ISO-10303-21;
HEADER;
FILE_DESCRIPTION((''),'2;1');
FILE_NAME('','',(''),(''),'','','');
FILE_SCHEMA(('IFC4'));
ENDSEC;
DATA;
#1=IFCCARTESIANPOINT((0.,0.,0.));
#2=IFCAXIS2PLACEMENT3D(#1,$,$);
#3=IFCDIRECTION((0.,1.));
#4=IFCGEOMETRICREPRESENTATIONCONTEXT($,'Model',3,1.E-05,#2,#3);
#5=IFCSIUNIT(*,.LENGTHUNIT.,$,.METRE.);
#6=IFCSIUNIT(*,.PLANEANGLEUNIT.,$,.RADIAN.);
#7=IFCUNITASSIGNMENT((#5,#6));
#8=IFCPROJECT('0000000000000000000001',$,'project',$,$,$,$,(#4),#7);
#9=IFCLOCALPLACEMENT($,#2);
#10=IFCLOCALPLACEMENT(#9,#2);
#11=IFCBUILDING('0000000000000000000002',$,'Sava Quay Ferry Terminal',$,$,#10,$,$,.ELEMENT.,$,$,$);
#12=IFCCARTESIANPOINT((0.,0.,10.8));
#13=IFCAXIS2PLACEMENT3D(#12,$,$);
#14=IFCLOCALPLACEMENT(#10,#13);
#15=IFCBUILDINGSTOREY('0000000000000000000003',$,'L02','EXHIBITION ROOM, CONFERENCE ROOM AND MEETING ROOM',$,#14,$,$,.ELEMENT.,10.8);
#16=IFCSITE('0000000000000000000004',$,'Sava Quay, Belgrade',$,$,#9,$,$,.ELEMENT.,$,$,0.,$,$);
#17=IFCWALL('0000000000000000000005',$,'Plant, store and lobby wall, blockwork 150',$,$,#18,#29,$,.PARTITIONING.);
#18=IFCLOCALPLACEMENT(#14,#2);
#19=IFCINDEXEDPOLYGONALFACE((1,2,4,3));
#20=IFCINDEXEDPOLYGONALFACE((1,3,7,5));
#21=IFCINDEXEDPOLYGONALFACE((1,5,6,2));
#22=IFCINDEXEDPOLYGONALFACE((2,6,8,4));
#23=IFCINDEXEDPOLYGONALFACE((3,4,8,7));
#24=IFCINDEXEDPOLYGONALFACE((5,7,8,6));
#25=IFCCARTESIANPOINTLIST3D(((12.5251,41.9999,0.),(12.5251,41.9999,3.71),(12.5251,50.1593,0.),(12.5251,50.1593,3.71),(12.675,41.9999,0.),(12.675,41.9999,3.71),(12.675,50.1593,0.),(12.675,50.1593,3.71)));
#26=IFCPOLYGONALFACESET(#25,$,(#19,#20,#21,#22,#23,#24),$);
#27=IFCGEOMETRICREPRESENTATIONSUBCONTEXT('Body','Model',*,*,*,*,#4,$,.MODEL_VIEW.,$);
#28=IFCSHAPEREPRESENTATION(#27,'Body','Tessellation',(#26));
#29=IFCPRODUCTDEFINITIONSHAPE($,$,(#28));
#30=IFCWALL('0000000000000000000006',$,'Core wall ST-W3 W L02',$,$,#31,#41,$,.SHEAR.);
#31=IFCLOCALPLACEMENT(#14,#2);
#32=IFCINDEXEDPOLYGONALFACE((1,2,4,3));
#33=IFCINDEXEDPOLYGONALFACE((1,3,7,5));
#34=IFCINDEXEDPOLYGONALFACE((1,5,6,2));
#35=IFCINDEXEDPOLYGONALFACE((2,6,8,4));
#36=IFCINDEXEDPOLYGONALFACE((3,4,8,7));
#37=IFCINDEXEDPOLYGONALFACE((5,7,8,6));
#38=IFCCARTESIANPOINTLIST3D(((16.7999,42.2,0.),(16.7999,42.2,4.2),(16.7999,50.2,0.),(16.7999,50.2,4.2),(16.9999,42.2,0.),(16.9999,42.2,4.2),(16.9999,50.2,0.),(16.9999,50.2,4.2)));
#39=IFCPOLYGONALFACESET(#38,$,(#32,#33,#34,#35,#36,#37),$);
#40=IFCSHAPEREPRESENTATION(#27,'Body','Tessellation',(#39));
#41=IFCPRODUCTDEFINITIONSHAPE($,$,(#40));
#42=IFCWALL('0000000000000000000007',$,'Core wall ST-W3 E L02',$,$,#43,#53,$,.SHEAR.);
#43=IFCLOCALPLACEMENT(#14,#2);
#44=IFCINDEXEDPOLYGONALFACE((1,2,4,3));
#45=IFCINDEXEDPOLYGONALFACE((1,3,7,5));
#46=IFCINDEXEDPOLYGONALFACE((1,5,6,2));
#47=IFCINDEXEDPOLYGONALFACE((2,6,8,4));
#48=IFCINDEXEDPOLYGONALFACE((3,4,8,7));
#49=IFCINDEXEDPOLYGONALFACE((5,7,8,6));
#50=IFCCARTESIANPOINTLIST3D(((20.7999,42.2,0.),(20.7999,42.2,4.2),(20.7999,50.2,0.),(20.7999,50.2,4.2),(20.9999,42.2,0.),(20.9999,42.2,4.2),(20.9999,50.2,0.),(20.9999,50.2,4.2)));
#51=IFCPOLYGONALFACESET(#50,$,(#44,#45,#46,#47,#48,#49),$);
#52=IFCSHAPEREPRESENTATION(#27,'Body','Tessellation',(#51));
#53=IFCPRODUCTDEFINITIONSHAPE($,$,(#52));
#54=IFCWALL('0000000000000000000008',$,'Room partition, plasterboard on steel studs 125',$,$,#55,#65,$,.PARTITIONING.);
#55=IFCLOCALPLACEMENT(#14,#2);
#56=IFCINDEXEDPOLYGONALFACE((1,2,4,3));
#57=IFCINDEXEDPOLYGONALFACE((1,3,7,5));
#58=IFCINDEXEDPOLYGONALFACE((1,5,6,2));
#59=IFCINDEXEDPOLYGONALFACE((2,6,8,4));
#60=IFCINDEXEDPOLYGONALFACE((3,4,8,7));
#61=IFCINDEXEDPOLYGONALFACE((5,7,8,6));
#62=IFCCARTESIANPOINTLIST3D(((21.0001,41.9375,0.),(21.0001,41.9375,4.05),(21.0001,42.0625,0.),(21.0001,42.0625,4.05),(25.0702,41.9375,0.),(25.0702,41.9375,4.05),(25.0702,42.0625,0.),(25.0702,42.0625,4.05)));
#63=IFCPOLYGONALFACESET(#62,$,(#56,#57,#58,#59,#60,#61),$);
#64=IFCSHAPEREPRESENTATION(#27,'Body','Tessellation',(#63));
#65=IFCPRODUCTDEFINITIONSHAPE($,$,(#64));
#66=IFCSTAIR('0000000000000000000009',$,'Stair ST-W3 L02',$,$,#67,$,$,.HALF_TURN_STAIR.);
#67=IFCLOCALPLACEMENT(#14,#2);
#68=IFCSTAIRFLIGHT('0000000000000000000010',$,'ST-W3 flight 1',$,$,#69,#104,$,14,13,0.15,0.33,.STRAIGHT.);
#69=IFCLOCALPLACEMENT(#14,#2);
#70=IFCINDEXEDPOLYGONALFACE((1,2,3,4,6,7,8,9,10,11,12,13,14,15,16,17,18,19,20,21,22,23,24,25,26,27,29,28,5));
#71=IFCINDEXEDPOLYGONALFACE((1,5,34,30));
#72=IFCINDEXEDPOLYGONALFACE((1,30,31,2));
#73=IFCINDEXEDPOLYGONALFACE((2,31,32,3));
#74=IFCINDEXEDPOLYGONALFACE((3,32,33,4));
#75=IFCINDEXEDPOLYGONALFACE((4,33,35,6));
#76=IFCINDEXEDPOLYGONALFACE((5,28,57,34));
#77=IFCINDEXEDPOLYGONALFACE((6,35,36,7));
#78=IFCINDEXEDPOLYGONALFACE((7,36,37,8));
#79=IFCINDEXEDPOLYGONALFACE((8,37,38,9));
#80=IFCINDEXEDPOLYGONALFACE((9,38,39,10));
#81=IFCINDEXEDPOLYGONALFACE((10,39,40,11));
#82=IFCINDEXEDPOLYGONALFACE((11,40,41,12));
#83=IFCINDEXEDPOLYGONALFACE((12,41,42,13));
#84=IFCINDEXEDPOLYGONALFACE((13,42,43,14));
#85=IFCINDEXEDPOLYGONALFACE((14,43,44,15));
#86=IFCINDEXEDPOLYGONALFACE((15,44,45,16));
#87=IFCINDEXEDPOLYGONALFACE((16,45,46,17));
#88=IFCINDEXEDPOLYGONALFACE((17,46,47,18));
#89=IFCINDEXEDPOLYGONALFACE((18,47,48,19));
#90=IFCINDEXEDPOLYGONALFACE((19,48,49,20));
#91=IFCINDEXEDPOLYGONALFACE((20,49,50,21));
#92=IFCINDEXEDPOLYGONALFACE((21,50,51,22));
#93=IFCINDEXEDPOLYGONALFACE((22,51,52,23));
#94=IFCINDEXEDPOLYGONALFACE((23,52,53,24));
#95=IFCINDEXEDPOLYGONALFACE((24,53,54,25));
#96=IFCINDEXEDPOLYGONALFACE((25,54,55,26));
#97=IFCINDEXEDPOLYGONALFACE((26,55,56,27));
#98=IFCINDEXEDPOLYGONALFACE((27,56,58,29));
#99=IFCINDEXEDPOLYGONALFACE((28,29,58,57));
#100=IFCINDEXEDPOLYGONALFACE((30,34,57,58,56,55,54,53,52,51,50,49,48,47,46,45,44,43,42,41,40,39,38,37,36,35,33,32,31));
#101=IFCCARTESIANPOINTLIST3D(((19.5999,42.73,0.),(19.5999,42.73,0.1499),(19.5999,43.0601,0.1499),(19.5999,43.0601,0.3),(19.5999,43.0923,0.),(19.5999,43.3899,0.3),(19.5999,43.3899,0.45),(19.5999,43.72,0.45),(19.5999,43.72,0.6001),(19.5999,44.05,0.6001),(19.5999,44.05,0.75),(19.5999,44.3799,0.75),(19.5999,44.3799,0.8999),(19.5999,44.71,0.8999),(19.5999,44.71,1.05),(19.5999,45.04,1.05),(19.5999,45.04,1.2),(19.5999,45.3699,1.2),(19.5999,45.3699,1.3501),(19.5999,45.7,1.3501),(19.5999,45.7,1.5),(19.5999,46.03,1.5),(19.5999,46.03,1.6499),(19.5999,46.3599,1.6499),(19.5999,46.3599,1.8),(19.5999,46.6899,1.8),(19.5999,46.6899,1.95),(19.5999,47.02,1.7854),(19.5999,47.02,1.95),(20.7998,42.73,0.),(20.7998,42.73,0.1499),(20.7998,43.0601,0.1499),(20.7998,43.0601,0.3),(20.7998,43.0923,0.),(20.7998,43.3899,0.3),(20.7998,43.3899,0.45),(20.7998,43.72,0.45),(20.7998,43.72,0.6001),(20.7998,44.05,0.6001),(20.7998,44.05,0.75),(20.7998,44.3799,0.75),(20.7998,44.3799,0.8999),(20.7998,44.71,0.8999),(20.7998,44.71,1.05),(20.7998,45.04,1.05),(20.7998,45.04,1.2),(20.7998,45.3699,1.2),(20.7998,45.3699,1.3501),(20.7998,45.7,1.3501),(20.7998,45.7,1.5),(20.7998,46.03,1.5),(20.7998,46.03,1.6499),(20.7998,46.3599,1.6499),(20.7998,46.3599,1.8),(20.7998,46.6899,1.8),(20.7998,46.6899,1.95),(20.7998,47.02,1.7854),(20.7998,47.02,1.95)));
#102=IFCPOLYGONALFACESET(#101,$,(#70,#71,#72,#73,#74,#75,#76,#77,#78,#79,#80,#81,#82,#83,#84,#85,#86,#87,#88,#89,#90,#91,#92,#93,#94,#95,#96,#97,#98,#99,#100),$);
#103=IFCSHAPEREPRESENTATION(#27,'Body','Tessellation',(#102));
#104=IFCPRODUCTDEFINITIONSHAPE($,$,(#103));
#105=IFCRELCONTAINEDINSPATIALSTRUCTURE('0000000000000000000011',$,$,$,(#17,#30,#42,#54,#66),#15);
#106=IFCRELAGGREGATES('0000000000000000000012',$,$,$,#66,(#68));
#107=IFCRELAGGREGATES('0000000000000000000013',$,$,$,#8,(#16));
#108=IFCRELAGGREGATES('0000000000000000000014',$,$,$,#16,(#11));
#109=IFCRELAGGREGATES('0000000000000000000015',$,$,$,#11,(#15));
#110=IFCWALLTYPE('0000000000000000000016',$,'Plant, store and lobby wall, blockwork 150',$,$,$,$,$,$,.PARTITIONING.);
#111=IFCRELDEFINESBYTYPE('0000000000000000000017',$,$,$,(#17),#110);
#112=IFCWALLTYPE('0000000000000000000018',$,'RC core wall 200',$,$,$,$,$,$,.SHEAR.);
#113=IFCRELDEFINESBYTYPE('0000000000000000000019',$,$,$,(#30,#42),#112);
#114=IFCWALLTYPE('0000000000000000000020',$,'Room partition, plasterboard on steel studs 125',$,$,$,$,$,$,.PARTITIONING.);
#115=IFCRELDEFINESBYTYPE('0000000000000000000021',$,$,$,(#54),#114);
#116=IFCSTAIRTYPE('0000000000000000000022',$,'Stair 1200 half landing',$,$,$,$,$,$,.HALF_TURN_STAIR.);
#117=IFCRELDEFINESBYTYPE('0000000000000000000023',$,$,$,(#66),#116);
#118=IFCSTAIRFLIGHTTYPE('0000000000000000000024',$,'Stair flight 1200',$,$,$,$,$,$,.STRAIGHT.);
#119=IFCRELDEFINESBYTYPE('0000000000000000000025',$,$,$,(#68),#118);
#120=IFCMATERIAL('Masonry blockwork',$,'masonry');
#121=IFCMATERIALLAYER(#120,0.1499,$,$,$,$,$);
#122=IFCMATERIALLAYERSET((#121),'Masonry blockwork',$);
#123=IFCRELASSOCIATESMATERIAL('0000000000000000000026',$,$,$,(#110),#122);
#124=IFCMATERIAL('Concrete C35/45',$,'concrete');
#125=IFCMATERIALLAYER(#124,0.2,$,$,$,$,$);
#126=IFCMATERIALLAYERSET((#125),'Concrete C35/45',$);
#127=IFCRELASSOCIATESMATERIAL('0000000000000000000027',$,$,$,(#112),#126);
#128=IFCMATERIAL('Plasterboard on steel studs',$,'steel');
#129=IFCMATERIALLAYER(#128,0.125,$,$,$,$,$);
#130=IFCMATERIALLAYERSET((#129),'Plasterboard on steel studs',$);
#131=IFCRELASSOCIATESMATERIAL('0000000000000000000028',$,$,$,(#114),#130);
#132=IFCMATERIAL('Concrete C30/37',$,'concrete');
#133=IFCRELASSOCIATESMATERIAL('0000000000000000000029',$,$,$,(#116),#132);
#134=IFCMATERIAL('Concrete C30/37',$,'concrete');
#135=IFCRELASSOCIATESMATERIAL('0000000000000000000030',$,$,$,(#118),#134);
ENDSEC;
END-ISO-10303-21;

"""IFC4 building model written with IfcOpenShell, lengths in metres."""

from ifc_helpers import new_model, si_unit, direction, frame, frame_2d, origin, place, context, subcontext, project, spatial, polyline, rectangle, outline, extrude, material, layer, layer_set, type_object, element, aggregate, save


model = new_model("IFC4")

# Units and contexts
model_context = context("Model", 3, precision=1e-05, world=origin(), true_north=direction((0.0, 1.0)))
body_context = subcontext(model_context, "Body", "Model", "MODEL_VIEW")
ifc_project = project(units=[si_unit("LENGTHUNIT", "METRE"), si_unit("PLANEANGLEUNIT", "RADIAN")], contexts=[model_context])

# Site, building, storey
site_placement = place(None, origin())
site = spatial("IfcSite", under=ifc_project, at=site_placement, Name="Sava Quay, Belgrade", CompositionType="ELEMENT", RefElevation=0.0)
building_placement = place(site_placement, origin())
building = spatial("IfcBuilding", under=site, at=building_placement, Name="Sava Quay Ferry Terminal", CompositionType="ELEMENT")
storey_placement = place(building_placement, frame((0.0, 0.0, 10.8)))
storey = spatial("IfcBuildingStorey", under=building, at=storey_placement, Name="L02", Description="EXHIBITION ROOM, CONFERENCE ROOM AND MEETING ROOM", CompositionType="ELEMENT", Elevation=10.8)

# Shared definitions
ifc_material_1 = material(Name="Masonry blockwork", Category="masonry")
ifc_layer_1 = layer(ifc_material_1, 0.1499)
ifc_layer_set_1 = layer_set([ifc_layer_1], Name="Masonry blockwork")
wall_type_1 = type_object("IfcWallType", Name="Plant, store and lobby wall, blockwork 150", PredefinedType="PARTITIONING", material=ifc_layer_set_1)

# Wall
wall_1_placement = place(storey_placement, frame((12.6001, 42.0, 0.0), z_axis=(0.0, 0.0, 1.0), x_axis=(0.0, 1.0, 0.0)))
element("IfcWall", 1, at=wall_1_placement, inside=storey, type_object=wall_type_1, Name="Plant, store and lobby wall, blockwork 150", PredefinedType="PARTITIONING", context=body_context, shape_type="SweptSolid", body=[
    extrude(rectangle(XDim=8.1594, YDim=0.1499, at=frame_2d((4.0796, 0.0))), origin(), (0.0, 0.0, 1.0), 3.71),
])

# Shared definitions
ifc_material_2 = material(Name="Concrete C35/45", Category="concrete")
ifc_layer_2 = layer(ifc_material_2, 0.2)
ifc_layer_set_2 = layer_set([ifc_layer_2], Name="Concrete C35/45")
wall_type_2 = type_object("IfcWallType", Name="RC core wall 200", PredefinedType="SHEAR", material=ifc_layer_set_2)

# Walls
for number, where, z_axis, x_axis, name in (
    (2, (16.8999, 42.2, 0.0), (0.0, 0.0, 1.0), (0.0, 1.0, 0.0), "Core wall ST-W3 W L02"),
    (3, (20.8999, 42.2, 0.0), (0.0, 0.0, 1.0), (0.0, 1.0, 0.0), "Core wall ST-W3 E L02"),
):
    element("IfcWall", number, at=place(storey_placement, frame(where, z_axis=z_axis, x_axis=x_axis)), inside=storey, type_object=wall_type_2, Name=name, PredefinedType="SHEAR", context=body_context, shape_type="SweptSolid", body=[
        extrude(rectangle(XDim=8.0, YDim=0.2, at=frame_2d((4.0, 0.0))), origin(), (0.0, 0.0, 1.0), 4.2),
    ])
ifc_material_3 = material(Name="Plasterboard on steel studs", Category="steel")
ifc_layer_3 = layer(ifc_material_3, 0.125)
ifc_layer_set_3 = layer_set([ifc_layer_3], Name="Plasterboard on steel studs")
wall_type_3 = type_object("IfcWallType", Name="Room partition, plasterboard on steel studs 125", PredefinedType="PARTITIONING", material=ifc_layer_set_3)
wall_2_placement = place(storey_placement, frame((21.0, 42.0, 0.0), z_axis=(0.0, 0.0, 1.0), x_axis=(1.0, 0.0, 0.0)))
element("IfcWall", 4, at=wall_2_placement, inside=storey, type_object=wall_type_3, Name="Room partition, plasterboard on steel studs 125", PredefinedType="PARTITIONING", context=body_context, shape_type="SweptSolid", body=[
    extrude(rectangle(XDim=4.0701, YDim=0.125, at=frame_2d((2.0352, 0.0))), origin(), (0.0, 0.0, 1.0), 4.05),
])

# Stair, stair flight
ifc_material_4 = material(Name="Concrete C30/37", Category="concrete")
stair_type = type_object("IfcStairType", Name="Stair 1200 half landing", PredefinedType="HALF_TURN_STAIR", material=ifc_material_4)
stair_placement = place(storey_placement, origin())
stair = element("IfcStair", 5, at=stair_placement, inside=storey, type_object=stair_type, Name="Stair ST-W3 L02", PredefinedType="HALF_TURN_STAIR")
ifc_material_5 = material(Name="Concrete C30/37", Category="concrete")
stair_flight_type = type_object("IfcStairFlightType", Name="Stair flight 1200", PredefinedType="STRAIGHT", material=ifc_material_5)
stair_flight_placement = place(storey_placement, frame((20.2, 42.73, 0.0), z_axis=(0.0, 0.0, 1.0), x_axis=(0.0, 1.0, 0.0)))
stair_flight = element("IfcStairFlight", 6, at=stair_flight_placement, type_object=stair_flight_type, Name="ST-W3 flight 1", NumberOfRisers=14, NumberOfTreads=13, PredefinedType="STRAIGHT", RiserHeight=0.15, TreadLength=0.33, context=body_context, shape_type="SweptSolid", body=[
    extrude(outline(polyline([(0.0, 0.0), (0.0, 0.1499), (0.3301, 0.1499), (0.3301, 0.3), (0.6599, 0.3), (0.6599, 0.45), (0.99, 0.45), (0.99, 0.6001), (1.3201, 0.6001), (1.3201, 0.75), (1.6499, 0.75), (1.6499, 0.8999), (1.98, 0.8999), (1.98, 1.05), (2.3101, 1.05), (2.3101, 1.2), (2.6399, 1.2), (2.6399, 1.3501), (2.97, 1.3501), (2.97, 1.5), (3.3, 1.5), (3.3, 1.6499), (3.6299, 1.6499), (3.6299, 1.8), (3.96, 1.8), (3.96, 1.95), (4.29, 1.95), (4.29, 2.1001), (4.29, 1.7854), (0.3623, 0.0), (0.0, 0.0)])), frame((0.0, 0.6001, 0.0), z_axis=(0.0, -1.0, 0.0), x_axis=(1.0, 0.0, 0.0)), (0.0, 0.0, 1.0), 1.2),
])
aggregate(stair, [stair_flight])

save(model, "model.ifc")
